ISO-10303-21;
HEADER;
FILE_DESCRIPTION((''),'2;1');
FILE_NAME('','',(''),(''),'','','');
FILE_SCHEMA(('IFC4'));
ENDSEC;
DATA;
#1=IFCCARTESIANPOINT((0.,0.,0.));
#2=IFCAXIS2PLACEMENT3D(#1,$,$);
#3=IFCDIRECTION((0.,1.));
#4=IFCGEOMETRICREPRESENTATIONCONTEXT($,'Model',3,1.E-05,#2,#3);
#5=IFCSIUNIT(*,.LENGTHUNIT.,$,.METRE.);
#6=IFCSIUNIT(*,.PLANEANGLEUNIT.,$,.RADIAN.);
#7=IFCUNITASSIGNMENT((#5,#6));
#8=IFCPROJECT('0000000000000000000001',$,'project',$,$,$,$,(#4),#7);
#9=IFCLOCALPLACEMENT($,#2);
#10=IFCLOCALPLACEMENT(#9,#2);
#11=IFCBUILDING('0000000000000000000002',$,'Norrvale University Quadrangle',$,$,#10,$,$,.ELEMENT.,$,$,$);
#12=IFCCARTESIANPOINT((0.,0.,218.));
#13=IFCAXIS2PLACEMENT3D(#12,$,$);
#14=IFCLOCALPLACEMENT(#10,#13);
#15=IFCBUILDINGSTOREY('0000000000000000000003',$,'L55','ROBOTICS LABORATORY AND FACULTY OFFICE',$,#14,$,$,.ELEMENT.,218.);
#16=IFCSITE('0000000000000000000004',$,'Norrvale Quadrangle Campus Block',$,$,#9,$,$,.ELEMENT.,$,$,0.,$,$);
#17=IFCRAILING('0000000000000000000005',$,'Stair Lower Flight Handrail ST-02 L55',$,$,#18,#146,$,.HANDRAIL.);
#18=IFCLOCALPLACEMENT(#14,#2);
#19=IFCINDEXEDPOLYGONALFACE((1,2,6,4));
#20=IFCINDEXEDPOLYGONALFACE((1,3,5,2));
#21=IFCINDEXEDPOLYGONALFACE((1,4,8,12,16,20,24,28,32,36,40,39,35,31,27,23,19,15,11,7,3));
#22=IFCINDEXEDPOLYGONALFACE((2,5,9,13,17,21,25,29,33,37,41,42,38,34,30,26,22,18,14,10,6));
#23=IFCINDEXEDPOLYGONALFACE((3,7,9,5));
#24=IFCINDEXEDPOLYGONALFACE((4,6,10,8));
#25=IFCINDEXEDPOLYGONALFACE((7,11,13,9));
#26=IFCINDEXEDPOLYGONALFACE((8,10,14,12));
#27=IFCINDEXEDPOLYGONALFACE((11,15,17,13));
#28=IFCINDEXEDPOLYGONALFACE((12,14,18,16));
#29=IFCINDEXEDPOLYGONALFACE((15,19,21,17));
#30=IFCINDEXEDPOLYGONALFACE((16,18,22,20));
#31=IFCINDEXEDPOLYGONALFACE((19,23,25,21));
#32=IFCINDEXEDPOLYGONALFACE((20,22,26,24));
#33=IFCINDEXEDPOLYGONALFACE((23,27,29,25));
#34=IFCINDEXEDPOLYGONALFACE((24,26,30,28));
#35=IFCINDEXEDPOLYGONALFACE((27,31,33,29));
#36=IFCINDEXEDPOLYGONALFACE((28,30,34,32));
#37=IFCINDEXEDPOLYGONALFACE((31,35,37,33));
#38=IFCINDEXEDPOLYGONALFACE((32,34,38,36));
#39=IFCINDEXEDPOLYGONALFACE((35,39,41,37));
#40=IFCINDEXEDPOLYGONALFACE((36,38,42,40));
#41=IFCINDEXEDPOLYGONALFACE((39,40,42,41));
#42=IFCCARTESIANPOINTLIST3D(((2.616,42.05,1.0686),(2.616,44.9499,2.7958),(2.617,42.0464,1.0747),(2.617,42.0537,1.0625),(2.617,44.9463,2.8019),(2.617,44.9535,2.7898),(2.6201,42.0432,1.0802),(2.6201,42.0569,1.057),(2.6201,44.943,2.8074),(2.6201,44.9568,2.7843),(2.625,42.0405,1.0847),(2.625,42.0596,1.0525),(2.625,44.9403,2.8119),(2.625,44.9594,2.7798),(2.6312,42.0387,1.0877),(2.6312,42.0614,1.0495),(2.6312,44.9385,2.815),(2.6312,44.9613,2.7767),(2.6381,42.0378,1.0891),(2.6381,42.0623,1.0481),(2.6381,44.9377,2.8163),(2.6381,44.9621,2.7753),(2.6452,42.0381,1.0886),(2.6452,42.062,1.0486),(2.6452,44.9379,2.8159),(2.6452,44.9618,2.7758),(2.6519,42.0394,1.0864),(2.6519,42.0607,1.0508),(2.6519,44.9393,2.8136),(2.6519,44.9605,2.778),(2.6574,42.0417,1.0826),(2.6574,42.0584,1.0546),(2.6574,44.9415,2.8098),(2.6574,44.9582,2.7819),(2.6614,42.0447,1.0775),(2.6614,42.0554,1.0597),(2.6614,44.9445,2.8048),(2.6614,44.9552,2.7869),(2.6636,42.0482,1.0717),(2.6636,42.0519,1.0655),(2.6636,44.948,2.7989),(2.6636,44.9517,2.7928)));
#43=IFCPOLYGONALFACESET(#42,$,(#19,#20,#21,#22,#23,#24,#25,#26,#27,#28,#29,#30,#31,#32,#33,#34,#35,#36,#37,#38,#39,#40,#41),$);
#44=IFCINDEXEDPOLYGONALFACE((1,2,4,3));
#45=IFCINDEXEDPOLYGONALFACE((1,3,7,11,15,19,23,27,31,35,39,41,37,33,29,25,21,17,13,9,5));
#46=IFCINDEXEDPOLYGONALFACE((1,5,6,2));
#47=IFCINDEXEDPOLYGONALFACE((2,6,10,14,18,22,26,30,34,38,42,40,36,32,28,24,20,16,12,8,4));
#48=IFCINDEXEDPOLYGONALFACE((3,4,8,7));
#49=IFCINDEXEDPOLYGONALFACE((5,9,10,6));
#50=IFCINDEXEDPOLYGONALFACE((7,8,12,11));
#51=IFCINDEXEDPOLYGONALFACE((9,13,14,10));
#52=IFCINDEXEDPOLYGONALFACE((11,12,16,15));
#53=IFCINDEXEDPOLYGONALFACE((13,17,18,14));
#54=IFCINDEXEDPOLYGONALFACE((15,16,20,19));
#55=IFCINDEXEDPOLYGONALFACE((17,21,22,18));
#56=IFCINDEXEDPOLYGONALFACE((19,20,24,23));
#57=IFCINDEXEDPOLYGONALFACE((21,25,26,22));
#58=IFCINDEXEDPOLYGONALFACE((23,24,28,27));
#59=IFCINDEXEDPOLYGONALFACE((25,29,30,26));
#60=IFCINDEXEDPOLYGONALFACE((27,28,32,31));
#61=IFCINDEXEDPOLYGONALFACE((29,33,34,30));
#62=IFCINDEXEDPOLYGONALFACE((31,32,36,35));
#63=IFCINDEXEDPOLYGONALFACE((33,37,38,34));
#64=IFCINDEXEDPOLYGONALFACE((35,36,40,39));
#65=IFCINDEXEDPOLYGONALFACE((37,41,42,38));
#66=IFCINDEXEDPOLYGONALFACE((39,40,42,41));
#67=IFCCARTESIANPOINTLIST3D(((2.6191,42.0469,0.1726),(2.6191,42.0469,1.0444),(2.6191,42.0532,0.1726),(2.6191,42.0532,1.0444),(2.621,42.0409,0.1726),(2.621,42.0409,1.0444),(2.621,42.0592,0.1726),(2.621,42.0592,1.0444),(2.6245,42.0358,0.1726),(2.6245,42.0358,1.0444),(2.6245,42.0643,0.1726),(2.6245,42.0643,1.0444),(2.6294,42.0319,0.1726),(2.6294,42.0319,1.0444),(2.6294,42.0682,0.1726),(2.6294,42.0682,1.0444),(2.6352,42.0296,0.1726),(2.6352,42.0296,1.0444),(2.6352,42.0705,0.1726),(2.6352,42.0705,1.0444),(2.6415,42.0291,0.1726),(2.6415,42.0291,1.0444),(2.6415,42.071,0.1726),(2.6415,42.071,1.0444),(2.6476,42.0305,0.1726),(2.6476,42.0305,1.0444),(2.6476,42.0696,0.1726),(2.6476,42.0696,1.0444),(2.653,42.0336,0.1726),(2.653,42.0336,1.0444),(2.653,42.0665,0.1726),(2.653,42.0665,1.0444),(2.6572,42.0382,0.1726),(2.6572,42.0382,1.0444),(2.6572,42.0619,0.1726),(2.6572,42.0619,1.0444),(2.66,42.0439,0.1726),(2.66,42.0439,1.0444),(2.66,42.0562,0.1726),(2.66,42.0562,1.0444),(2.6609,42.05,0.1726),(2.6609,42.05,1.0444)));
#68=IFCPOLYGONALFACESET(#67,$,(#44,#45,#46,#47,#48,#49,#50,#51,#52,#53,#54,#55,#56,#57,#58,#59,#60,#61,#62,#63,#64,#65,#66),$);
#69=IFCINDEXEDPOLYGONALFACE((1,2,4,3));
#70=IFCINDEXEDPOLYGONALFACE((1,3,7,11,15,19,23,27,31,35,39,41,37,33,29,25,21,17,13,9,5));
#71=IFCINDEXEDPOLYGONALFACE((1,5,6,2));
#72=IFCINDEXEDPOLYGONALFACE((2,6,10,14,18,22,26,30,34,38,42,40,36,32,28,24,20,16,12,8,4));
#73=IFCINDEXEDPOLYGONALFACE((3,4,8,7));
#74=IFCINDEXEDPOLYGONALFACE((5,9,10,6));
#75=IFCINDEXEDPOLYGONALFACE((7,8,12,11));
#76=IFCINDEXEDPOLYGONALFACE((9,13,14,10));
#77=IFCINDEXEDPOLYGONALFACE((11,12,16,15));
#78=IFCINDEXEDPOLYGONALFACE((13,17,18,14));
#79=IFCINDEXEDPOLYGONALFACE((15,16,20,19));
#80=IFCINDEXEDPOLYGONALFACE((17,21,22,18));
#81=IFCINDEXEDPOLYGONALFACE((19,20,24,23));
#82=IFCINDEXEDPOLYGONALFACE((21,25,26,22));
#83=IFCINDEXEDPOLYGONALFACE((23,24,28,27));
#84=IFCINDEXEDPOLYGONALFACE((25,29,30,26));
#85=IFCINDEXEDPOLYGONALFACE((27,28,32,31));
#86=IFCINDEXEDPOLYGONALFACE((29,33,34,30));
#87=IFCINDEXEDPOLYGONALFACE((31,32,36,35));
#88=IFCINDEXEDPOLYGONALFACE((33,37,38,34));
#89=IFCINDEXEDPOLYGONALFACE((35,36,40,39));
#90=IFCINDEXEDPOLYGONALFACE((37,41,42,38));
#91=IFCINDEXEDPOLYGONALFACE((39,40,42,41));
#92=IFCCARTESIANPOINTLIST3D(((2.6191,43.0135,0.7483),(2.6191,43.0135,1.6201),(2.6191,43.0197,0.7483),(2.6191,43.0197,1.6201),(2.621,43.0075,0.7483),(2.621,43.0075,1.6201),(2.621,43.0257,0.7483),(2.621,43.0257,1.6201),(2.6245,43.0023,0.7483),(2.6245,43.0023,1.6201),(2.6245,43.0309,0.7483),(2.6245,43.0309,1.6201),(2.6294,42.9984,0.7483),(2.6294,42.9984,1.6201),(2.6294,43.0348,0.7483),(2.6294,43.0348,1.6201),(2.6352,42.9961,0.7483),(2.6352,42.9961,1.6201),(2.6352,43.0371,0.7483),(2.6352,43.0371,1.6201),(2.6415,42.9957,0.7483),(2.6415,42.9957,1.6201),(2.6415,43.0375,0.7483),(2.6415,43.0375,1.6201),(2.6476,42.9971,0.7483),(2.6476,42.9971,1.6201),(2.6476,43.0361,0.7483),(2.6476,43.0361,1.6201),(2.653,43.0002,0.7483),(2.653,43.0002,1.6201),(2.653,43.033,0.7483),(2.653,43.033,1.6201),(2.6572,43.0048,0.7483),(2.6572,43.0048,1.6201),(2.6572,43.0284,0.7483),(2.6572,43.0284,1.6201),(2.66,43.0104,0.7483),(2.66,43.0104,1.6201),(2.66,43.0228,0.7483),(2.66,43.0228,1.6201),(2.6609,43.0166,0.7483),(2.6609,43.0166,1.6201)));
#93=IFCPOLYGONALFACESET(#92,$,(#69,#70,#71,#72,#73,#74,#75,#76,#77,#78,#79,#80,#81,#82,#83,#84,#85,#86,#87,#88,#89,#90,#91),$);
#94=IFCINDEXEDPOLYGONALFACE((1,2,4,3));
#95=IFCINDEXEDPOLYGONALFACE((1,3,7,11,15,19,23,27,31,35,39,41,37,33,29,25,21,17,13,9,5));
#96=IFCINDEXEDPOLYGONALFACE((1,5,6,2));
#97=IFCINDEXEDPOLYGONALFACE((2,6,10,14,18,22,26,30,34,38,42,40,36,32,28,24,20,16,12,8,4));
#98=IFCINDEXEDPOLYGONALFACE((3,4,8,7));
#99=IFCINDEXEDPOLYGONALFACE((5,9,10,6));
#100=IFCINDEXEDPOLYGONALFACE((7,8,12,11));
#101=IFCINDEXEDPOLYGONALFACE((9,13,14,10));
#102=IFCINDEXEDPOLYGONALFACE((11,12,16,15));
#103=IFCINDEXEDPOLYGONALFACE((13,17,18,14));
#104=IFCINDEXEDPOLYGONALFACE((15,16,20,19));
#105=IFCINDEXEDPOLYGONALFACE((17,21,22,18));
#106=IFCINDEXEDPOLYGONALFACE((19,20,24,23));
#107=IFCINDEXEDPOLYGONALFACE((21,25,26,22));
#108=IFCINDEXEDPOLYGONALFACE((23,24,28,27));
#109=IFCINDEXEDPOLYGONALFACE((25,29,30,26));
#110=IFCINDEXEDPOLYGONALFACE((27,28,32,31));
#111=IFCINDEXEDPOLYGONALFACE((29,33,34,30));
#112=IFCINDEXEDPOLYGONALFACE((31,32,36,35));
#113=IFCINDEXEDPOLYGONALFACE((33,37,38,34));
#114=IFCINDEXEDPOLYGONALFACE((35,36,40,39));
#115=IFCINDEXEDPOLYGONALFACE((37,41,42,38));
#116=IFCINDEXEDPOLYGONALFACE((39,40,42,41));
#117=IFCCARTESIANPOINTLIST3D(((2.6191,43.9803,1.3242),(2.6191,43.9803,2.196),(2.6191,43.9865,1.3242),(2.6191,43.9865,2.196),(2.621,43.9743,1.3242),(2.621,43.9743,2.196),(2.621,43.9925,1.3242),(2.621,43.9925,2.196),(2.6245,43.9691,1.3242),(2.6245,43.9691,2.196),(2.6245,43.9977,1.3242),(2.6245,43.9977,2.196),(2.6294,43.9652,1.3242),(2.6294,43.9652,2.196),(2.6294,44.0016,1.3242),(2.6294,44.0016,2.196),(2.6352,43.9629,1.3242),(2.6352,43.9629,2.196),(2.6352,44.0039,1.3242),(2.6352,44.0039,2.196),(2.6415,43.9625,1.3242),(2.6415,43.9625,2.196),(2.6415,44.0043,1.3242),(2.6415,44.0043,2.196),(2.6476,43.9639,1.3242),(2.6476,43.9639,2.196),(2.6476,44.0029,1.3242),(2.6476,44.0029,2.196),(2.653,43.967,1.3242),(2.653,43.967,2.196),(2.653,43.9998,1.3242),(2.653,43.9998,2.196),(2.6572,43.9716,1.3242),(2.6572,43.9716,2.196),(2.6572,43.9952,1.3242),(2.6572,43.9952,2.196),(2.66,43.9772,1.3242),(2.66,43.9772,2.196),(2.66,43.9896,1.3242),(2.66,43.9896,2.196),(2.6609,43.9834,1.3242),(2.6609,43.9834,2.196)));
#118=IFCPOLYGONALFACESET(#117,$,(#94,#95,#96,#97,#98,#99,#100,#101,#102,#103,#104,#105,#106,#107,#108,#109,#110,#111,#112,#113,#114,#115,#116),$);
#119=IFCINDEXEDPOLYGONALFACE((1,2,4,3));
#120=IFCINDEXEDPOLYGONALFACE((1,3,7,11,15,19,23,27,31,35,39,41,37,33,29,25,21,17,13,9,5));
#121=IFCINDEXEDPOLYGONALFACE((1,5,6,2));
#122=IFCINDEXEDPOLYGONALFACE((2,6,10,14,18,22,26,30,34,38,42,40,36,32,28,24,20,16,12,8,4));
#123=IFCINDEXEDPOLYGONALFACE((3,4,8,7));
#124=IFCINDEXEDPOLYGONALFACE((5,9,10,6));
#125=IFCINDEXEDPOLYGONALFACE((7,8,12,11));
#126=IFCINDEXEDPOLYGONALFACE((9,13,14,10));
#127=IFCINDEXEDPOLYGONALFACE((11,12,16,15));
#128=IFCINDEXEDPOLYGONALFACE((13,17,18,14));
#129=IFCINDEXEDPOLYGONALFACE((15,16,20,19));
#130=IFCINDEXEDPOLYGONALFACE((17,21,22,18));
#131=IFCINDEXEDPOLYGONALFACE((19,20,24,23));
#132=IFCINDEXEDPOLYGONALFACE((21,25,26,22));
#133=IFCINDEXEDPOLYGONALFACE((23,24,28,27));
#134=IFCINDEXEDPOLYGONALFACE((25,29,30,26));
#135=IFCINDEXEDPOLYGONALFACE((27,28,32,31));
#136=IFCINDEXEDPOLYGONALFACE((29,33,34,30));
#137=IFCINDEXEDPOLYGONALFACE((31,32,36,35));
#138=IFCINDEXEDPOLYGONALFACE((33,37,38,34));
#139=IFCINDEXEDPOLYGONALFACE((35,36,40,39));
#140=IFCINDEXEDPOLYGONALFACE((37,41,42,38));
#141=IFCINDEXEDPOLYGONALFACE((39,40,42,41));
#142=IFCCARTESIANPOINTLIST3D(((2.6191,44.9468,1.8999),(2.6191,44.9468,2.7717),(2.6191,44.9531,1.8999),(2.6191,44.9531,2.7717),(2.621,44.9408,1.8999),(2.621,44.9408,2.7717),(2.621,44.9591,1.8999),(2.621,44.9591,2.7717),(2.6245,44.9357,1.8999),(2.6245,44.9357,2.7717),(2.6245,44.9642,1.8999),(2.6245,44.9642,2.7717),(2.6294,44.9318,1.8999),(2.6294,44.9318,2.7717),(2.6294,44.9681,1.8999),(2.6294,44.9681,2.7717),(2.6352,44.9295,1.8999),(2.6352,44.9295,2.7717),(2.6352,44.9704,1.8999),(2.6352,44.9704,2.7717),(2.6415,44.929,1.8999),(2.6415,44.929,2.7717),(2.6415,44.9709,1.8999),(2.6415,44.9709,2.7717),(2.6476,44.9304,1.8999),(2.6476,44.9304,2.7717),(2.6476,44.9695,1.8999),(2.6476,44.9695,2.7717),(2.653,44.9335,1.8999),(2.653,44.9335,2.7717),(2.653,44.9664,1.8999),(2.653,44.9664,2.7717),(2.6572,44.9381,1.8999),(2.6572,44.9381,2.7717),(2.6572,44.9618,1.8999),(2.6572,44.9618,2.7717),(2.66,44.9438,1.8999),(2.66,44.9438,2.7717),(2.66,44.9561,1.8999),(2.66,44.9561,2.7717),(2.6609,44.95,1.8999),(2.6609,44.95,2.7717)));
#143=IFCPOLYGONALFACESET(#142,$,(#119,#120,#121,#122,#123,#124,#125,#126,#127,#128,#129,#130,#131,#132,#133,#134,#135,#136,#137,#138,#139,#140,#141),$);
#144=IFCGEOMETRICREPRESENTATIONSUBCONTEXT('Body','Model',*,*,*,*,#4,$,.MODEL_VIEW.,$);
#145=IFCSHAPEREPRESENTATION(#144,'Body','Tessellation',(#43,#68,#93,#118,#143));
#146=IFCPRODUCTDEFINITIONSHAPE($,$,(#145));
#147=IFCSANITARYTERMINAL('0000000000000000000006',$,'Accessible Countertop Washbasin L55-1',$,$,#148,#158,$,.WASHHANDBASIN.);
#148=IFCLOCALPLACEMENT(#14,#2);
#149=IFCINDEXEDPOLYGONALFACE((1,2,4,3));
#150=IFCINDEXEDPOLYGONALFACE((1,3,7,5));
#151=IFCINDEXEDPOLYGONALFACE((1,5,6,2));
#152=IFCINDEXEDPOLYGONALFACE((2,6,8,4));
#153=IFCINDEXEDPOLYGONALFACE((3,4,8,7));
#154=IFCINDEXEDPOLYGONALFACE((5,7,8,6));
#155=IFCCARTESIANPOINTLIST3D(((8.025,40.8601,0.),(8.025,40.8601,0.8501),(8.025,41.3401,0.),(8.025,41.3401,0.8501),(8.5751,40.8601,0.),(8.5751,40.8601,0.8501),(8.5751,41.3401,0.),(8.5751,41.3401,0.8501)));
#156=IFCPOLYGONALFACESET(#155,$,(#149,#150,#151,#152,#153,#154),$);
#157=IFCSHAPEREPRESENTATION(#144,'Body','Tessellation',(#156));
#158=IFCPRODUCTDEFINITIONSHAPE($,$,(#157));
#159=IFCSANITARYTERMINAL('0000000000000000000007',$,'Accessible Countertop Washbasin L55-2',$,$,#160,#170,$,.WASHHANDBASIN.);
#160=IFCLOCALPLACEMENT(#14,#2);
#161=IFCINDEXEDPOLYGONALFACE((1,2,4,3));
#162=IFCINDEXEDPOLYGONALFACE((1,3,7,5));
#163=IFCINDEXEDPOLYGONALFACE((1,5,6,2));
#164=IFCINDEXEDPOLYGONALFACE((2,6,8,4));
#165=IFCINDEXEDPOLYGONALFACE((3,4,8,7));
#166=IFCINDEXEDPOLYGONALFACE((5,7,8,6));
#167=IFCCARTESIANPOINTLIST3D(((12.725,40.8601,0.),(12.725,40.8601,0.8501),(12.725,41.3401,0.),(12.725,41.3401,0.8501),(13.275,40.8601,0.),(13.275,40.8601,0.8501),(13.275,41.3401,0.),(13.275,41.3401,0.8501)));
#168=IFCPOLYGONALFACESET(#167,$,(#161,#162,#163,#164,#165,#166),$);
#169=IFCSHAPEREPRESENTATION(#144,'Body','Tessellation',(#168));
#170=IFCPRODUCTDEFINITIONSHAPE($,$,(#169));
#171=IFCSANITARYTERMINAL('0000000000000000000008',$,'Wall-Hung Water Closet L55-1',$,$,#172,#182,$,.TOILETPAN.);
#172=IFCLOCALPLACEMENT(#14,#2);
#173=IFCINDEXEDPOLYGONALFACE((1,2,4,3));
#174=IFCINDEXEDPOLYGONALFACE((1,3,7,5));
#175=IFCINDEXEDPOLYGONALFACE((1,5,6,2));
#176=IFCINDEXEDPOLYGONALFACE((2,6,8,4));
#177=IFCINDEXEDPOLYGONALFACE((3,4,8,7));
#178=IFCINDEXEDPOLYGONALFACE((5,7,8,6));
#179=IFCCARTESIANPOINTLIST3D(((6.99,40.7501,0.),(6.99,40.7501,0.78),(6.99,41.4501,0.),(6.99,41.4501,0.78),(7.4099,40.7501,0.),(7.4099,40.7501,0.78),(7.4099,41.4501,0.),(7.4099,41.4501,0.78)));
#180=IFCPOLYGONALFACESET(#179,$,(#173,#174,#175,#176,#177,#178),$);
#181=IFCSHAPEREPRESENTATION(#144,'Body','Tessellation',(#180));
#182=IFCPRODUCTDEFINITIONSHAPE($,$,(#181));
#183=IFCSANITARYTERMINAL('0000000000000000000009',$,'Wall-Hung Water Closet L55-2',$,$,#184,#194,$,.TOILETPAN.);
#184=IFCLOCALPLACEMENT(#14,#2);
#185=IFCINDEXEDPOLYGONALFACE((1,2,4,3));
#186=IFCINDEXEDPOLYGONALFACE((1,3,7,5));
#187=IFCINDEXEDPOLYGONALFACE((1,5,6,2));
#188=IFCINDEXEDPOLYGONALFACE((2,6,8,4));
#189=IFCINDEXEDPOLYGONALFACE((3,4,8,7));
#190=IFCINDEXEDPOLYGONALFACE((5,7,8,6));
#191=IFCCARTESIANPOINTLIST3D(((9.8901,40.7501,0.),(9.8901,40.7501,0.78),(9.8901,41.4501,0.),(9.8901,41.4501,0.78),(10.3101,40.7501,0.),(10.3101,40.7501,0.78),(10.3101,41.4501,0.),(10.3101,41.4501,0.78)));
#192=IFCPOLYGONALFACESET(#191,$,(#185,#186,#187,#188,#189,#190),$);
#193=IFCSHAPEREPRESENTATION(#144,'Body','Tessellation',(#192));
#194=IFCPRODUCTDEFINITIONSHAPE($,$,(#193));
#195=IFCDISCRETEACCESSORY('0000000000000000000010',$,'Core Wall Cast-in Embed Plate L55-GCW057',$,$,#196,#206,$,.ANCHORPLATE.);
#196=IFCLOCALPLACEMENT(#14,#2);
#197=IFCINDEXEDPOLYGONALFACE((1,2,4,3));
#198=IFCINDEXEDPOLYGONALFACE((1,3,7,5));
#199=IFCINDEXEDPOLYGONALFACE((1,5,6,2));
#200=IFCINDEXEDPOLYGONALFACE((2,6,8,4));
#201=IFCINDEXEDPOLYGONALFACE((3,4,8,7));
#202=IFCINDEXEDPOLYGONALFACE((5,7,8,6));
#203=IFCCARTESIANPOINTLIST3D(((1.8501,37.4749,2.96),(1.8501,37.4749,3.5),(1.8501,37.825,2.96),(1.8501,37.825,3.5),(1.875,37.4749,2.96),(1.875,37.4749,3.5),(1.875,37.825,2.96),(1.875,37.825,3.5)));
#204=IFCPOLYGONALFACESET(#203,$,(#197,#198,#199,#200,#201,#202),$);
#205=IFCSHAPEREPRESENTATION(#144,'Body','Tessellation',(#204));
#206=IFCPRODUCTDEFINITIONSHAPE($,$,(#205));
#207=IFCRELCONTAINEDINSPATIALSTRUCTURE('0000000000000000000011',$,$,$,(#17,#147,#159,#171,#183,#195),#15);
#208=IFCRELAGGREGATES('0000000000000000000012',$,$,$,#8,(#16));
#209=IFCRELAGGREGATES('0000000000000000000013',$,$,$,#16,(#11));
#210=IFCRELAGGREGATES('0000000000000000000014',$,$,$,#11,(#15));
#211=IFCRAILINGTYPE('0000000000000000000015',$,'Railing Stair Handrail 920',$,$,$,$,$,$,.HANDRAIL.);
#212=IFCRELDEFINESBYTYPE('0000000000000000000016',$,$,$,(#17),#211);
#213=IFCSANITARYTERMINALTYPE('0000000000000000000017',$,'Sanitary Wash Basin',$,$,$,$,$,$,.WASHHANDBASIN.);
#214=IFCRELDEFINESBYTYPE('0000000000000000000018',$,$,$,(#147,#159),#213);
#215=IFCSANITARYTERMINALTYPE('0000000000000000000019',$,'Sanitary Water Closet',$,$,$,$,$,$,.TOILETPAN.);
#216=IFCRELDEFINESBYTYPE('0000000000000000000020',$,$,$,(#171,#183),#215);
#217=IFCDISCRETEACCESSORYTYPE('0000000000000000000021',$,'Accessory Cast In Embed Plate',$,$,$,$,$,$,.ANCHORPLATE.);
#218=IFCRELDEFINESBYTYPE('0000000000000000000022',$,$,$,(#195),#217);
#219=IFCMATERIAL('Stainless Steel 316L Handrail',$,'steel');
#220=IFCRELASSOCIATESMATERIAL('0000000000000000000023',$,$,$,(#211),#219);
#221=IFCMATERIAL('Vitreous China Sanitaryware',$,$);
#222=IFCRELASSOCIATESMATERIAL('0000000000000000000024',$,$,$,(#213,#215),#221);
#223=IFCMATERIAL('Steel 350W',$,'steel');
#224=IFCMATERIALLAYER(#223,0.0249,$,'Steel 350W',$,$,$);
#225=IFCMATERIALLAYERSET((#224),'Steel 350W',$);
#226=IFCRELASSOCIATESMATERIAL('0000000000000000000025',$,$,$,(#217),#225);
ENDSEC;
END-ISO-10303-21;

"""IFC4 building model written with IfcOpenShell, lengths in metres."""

from ifc_helpers import new_model, si_unit, direction, frame, origin, origin_2d, place, context, subcontext, project, spatial, rectangle, circle, extrude, material, layer, layer_set, type_object, element, save


model = new_model("IFC4")

# Units and contexts
model_context = context("Model", 3, precision=1e-05, world=origin(), true_north=direction((0.0, 1.0)))
body_context = subcontext(model_context, "Body", "Model", "MODEL_VIEW")
ifc_project = project(units=[si_unit("LENGTHUNIT", "METRE"), si_unit("PLANEANGLEUNIT", "RADIAN")], contexts=[model_context])

# Site, building, storey
site_placement = place(None, origin())
site = spatial("IfcSite", under=ifc_project, at=site_placement, Name="Norrvale Quadrangle Campus Block", CompositionType="ELEMENT", RefElevation=0.0)
building_placement = place(site_placement, origin())
building = spatial("IfcBuilding", under=site, at=building_placement, Name="Norrvale University Quadrangle", CompositionType="ELEMENT")
storey_placement = place(building_placement, frame((0.0, 0.0, 218.0)))
storey = spatial("IfcBuildingStorey", under=building, at=storey_placement, Name="L55", Description="ROBOTICS LABORATORY AND FACULTY OFFICE", CompositionType="ELEMENT", Elevation=218.0)

# Shared definitions
ifc_material_1 = material(Name="Steel 350W", Category="steel")

# Railing
ifc_material_2 = material(Name="Stainless Steel 316L Handrail", Category="steel")
railing_type_1 = type_object("IfcRailingType", Name="Railing Stair Handrail 920", PredefinedType="HANDRAIL", material=ifc_material_2)
railing_1_placement = place(storey_placement, frame((2.6399, 42.05, 0.1726)))
element("IfcRailing", 1, at=railing_1_placement, inside=storey, type_object=railing_type_1, Name="Stair Lower Flight Handrail ST-02 L55", PredefinedType="HANDRAIL", context=body_context, shape_type="SweptSolid", body=[
    extrude(circle(Radius=0.0239, at=origin_2d()), frame((0.0, 0.0, 0.896), z_axis=(0.0, 0.859141, 0.511738), x_axis=(-1.0, 0.0, 0.0)), (0.0, 0.0, 1.0), 3.3752),
    extrude(circle(Radius=0.021, at=origin_2d()), origin(), (0.0, 0.0, 1.0), 0.8718),
    extrude(circle(Radius=0.021, at=origin_2d()), frame((0.0, 0.9666, 0.5757)), (0.0, 0.0, 1.0), 0.8718),
    extrude(circle(Radius=0.021, at=origin_2d()), frame((0.0, 1.9333, 1.1516)), (0.0, 0.0, 1.0), 0.8718),
    extrude(circle(Radius=0.021, at=origin_2d()), frame((0.0, 2.8999, 1.7273)), (0.0, 0.0, 1.0), 0.8718),
])

# Sanitary terminals
ifc_material_3 = material(Name="Vitreous China Sanitaryware")
sanitary_terminal_type_1 = type_object("IfcSanitaryTerminalType", Name="Sanitary Wash Basin", PredefinedType="WASHHANDBASIN", material=ifc_material_3)
for number, where, z_axis, x_axis, name in (
    (2, (8.3, 41.1001, 0.0), (0.0, 0.0, 1.0), (1.0, 0.0, 0.0), "Accessible Countertop Washbasin L55-1"),
    (3, (13.0, 41.1001, 0.0), (0.0, 0.0, 1.0), (1.0, 0.0, 0.0), "Accessible Countertop Washbasin L55-2"),
):
    element("IfcSanitaryTerminal", number, at=place(storey_placement, frame(where, z_axis=z_axis, x_axis=x_axis)), inside=storey, type_object=sanitary_terminal_type_1, Name=name, PredefinedType="WASHHANDBASIN", context=body_context, shape_type="SweptSolid", body=[
        extrude(rectangle(XDim=0.55, YDim=0.48, at=origin_2d()), origin(), (0.0, 0.0, 1.0), 0.8501),
    ])
sanitary_terminal_type_2 = type_object("IfcSanitaryTerminalType", Name="Sanitary Water Closet", PredefinedType="TOILETPAN", material=ifc_material_3)
for number, where, z_axis, x_axis, name in (
    (4, (7.2, 41.1001, 0.0), (0.0, 0.0, 1.0), (1.0, 0.0, 0.0), "Wall-Hung Water Closet L55-1"),
    (5, (10.1001, 41.1001, 0.0), (0.0, 0.0, 1.0), (1.0, 0.0, 0.0), "Wall-Hung Water Closet L55-2"),
):
    element("IfcSanitaryTerminal", number, at=place(storey_placement, frame(where, z_axis=z_axis, x_axis=x_axis)), inside=storey, type_object=sanitary_terminal_type_2, Name=name, PredefinedType="TOILETPAN", context=body_context, shape_type="SweptSolid", body=[
        extrude(rectangle(XDim=0.4199, YDim=0.7, at=origin_2d()), origin(), (0.0, 0.0, 1.0), 0.78),
    ])

# Discrete accessory
ifc_layer_1 = layer(ifc_material_1, 0.0249, Name="Steel 350W")
ifc_layer_set_1 = layer_set([ifc_layer_1], Name="Steel 350W")
discrete_accessory_type = type_object("IfcDiscreteAccessoryType", Name="Accessory Cast In Embed Plate", PredefinedType="ANCHORPLATE", material=ifc_layer_set_1)
discrete_accessory_placement = place(storey_placement, frame((1.8625, 37.6499, 2.96), z_axis=(0.0, 0.0, 1.0), x_axis=(1.0, 0.0, 0.0)))
element("IfcDiscreteAccessory", 6, at=discrete_accessory_placement, inside=storey, type_object=discrete_accessory_type, Name="Core Wall Cast-in Embed Plate L55-GCW057", PredefinedType="ANCHORPLATE", context=body_context, shape_type="SweptSolid", body=[
    extrude(rectangle(XDim=0.0249, YDim=0.3501, at=origin_2d()), origin(), (0.0, 0.0, 1.0), 0.54),
])

save(model, "model.ifc")
